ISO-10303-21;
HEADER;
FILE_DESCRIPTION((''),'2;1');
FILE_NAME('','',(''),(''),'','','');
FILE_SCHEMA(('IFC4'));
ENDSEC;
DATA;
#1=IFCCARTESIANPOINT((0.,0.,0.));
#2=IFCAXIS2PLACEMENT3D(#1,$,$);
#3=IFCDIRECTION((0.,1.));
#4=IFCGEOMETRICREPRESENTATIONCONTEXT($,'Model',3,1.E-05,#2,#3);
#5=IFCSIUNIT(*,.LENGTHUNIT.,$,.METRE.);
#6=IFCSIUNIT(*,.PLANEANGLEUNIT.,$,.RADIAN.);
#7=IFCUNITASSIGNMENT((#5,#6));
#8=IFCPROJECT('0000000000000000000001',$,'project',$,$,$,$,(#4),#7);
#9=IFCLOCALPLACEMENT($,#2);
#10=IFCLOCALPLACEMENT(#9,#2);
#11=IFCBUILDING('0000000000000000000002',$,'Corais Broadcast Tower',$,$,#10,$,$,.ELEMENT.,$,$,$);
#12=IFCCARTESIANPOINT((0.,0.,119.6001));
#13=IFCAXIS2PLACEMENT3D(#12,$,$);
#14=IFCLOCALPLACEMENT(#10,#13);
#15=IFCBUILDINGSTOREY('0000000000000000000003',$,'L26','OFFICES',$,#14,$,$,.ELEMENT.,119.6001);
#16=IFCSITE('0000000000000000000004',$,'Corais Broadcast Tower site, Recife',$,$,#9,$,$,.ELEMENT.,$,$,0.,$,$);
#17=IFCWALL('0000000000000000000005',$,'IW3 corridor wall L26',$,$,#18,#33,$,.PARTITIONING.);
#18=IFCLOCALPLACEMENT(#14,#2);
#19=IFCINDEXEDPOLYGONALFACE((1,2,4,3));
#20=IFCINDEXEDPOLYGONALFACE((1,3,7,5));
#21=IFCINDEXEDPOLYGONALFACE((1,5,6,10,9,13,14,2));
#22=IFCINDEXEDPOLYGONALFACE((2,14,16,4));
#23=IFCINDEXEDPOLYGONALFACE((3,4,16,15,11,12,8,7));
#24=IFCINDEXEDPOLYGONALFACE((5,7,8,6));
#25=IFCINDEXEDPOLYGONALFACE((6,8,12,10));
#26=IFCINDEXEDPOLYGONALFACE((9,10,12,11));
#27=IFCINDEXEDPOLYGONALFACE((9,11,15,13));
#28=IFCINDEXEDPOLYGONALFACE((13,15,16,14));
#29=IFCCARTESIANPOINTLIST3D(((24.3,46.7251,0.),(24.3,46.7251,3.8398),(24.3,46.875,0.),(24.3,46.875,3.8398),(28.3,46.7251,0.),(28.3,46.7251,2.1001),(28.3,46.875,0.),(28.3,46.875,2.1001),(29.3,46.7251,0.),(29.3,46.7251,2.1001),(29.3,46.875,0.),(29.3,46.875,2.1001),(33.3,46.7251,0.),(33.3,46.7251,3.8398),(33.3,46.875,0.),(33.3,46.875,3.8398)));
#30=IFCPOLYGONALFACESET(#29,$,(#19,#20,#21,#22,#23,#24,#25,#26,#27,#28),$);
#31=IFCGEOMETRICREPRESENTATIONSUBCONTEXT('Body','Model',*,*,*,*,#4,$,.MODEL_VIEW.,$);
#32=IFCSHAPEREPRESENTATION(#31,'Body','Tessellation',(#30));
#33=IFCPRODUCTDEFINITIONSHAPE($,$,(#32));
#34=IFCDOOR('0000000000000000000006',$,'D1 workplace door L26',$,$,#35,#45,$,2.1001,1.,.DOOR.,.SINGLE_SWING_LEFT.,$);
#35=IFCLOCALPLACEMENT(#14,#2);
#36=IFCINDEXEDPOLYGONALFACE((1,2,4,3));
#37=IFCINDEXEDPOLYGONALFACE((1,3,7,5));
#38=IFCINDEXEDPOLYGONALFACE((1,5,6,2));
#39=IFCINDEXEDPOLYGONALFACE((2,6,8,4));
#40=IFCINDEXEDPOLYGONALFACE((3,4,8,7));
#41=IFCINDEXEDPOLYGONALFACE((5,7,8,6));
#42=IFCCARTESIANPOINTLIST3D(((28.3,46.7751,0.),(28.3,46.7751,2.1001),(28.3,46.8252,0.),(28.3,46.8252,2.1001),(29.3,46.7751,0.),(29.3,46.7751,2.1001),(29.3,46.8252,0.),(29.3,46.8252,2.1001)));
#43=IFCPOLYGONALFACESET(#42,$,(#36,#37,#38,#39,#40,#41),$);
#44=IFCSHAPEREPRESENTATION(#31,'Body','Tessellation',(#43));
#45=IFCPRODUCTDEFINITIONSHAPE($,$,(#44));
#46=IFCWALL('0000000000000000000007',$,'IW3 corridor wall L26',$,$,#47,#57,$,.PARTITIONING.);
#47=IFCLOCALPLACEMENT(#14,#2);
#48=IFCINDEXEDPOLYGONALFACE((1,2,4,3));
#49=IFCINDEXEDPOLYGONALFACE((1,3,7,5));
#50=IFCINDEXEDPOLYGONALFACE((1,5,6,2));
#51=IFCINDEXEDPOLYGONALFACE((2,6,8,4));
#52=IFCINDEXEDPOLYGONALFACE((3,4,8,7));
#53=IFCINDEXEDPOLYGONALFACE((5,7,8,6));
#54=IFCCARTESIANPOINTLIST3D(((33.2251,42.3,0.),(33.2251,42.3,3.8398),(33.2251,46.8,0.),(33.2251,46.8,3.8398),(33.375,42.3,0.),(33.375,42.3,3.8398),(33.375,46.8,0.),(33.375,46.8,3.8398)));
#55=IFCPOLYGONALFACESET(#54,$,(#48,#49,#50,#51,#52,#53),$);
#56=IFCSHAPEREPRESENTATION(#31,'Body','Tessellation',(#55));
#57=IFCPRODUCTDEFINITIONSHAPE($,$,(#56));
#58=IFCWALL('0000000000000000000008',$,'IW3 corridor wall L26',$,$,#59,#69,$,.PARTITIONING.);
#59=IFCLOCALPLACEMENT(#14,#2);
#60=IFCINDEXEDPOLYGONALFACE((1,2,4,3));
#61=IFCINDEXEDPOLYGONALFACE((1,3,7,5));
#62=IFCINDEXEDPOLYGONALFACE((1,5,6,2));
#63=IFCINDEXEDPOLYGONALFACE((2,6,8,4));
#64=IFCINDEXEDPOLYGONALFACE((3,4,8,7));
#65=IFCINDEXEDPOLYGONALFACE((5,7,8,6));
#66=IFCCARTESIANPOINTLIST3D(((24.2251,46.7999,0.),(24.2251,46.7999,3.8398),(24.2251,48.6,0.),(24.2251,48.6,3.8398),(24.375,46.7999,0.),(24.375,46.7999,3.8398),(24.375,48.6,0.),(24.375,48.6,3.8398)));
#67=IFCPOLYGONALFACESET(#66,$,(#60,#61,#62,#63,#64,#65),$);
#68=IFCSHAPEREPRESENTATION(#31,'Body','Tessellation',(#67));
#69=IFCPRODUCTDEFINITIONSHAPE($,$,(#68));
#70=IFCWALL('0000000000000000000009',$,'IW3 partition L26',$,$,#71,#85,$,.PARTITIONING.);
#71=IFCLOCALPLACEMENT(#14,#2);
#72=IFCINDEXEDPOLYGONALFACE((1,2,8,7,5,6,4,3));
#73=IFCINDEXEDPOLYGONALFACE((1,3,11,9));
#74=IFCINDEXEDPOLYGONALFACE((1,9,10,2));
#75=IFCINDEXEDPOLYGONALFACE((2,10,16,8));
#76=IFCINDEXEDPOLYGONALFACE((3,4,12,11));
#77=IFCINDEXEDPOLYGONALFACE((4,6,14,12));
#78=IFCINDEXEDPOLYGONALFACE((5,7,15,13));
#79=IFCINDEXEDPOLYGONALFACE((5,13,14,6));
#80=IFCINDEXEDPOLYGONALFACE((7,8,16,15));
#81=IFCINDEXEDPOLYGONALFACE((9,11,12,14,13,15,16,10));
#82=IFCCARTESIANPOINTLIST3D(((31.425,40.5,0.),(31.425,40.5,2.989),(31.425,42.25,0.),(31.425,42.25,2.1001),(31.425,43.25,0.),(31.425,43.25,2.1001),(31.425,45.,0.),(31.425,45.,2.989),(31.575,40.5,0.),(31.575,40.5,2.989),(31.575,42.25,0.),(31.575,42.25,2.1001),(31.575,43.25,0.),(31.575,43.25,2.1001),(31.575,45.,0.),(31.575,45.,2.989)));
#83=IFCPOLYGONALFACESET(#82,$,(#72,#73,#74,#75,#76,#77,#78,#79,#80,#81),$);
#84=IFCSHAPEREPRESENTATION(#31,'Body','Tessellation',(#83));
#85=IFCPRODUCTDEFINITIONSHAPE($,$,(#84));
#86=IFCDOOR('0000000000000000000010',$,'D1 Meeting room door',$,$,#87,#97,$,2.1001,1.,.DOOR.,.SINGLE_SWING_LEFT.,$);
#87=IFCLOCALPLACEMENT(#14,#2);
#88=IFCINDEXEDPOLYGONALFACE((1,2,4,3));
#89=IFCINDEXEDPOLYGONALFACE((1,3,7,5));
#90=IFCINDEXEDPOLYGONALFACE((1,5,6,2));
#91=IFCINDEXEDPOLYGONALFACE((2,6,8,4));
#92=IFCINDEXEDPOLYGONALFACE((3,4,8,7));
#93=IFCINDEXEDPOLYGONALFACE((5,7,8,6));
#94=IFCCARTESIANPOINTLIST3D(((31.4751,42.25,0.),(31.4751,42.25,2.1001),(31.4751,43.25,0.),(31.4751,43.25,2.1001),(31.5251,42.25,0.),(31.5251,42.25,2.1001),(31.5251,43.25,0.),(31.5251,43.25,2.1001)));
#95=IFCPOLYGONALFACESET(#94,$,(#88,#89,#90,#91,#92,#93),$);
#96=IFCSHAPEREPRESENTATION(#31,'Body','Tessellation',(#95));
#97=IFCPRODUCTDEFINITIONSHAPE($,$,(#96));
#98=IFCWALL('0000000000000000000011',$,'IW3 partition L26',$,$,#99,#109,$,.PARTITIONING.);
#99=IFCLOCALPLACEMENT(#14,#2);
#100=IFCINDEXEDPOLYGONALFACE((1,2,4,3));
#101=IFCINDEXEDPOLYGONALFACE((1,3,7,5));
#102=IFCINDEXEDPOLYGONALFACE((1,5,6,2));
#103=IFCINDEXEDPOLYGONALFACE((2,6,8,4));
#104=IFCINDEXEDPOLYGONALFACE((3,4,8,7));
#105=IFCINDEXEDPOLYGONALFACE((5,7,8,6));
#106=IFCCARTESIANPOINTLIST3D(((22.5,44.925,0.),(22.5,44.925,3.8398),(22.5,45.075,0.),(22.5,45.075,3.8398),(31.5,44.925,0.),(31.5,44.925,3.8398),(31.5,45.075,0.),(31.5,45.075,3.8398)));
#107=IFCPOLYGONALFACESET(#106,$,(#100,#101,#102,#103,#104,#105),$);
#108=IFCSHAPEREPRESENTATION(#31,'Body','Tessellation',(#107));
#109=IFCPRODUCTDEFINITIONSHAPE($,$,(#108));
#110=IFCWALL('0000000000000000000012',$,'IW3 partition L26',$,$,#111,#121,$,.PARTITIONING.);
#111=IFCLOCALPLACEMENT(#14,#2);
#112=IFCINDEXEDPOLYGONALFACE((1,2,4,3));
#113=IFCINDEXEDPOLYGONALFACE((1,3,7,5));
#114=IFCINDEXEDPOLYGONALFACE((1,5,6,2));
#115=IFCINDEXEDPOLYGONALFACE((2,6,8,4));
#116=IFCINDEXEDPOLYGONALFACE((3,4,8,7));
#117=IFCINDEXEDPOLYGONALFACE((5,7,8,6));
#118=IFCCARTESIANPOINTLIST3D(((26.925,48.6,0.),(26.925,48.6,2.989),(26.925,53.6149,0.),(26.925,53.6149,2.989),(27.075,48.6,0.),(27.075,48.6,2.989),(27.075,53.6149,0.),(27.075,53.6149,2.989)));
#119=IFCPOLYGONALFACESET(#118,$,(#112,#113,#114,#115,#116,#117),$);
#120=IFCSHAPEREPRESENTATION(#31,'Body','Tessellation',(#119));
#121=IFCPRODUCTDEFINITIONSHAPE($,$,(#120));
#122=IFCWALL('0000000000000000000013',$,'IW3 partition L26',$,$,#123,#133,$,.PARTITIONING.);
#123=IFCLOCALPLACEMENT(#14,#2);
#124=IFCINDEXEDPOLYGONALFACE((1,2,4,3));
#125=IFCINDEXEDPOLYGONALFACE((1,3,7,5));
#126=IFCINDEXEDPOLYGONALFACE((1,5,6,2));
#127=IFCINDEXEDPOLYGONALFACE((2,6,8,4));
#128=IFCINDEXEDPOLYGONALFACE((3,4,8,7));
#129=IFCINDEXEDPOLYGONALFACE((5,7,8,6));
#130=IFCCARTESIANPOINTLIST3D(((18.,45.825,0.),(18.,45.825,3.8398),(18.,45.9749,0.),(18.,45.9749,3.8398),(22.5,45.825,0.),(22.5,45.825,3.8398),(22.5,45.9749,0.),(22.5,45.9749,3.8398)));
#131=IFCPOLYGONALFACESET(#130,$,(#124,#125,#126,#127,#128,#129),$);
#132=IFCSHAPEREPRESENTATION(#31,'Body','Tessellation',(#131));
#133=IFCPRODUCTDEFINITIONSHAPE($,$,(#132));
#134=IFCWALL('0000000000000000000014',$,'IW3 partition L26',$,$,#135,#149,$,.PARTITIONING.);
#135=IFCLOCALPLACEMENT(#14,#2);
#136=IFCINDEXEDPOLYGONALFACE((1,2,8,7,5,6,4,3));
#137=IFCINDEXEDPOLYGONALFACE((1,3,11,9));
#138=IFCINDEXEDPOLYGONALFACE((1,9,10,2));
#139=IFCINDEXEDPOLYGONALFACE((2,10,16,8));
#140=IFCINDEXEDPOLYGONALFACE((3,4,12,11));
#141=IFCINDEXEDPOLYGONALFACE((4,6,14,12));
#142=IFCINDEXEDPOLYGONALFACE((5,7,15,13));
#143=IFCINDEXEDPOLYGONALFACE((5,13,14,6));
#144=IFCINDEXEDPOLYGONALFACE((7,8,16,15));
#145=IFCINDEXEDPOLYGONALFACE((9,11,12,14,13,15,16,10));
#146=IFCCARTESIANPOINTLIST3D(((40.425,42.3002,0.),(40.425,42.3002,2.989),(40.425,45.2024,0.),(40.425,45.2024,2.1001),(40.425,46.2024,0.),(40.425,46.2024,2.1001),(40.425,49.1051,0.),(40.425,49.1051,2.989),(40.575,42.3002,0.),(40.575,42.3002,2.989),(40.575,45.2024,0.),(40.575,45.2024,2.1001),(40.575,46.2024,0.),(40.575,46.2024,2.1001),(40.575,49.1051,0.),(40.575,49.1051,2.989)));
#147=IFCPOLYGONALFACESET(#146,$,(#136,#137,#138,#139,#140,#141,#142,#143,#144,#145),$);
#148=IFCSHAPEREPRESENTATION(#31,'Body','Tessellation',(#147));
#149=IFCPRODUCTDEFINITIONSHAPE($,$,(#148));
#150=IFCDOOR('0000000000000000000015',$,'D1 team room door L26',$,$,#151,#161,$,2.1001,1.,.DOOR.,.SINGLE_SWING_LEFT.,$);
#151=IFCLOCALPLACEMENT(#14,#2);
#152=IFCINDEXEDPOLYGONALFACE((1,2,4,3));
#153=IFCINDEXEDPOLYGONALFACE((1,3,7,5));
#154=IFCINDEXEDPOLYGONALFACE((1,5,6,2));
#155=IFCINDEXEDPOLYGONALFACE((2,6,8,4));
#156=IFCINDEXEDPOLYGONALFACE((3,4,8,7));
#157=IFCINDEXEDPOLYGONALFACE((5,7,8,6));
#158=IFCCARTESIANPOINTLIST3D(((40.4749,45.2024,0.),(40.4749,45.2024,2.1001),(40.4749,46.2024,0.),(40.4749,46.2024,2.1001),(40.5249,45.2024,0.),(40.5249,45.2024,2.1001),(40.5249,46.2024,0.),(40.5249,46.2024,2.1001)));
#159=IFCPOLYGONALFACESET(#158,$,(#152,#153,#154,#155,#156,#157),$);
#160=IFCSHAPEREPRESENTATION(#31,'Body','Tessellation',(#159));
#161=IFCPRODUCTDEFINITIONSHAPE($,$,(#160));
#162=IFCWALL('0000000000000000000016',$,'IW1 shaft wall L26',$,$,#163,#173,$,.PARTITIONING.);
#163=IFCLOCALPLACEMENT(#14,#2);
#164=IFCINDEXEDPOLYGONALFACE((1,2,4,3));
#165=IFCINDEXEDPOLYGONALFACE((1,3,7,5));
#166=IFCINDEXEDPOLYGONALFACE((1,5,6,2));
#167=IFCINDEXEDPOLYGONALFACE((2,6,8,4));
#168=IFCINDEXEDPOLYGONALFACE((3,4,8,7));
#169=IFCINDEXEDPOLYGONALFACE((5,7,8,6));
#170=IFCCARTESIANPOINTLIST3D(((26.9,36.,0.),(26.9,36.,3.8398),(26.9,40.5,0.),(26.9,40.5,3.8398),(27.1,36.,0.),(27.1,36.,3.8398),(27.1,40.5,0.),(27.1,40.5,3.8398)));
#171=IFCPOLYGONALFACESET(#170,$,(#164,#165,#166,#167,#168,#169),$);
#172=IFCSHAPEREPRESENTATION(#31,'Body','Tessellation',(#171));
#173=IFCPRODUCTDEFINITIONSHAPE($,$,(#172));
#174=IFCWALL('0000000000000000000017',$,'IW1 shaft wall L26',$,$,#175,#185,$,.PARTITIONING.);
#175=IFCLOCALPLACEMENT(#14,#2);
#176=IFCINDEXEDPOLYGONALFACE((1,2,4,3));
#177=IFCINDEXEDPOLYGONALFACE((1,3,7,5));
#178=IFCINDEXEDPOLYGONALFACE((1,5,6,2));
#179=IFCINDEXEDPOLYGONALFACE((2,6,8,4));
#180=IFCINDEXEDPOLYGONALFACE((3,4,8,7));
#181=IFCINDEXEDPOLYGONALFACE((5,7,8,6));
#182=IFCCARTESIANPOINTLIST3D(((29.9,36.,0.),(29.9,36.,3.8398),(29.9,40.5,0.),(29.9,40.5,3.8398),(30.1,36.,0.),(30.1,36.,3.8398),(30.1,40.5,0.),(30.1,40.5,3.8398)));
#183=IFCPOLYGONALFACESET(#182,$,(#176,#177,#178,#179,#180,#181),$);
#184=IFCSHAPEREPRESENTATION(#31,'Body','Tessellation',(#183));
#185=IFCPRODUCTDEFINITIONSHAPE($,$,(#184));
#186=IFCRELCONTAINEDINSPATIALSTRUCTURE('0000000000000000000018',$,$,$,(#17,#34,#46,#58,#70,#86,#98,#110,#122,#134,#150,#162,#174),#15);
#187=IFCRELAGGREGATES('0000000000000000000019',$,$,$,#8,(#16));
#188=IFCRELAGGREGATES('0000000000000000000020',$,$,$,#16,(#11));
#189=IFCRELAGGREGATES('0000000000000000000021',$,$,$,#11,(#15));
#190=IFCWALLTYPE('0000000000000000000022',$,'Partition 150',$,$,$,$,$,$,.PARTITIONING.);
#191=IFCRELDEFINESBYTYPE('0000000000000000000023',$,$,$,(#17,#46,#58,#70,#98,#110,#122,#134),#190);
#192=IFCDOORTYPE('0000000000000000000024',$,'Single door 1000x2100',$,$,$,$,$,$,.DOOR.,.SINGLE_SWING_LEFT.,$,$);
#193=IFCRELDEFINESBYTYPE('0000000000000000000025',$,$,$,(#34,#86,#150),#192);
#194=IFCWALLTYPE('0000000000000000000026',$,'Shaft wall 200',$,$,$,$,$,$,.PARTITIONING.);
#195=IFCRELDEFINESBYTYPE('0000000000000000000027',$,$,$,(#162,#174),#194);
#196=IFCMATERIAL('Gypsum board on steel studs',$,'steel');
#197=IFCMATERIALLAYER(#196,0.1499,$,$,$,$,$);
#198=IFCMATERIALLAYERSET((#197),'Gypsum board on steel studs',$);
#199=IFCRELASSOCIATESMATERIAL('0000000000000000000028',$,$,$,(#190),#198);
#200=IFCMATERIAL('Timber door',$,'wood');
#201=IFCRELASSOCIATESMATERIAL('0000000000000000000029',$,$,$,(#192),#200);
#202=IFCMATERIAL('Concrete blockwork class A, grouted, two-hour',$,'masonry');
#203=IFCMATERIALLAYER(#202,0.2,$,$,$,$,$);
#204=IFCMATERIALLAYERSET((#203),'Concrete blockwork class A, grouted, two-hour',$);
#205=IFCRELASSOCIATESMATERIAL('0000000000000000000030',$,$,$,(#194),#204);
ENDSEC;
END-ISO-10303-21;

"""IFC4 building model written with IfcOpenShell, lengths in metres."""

from ifc_helpers import new_model, si_unit, direction, frame, frame_2d, origin, place, context, subcontext, project, spatial, rectangle, extrude, material, layer, layer_set, type_object, element, fill, save


model = new_model("IFC4")

# Units and contexts
model_context = context("Model", 3, precision=1e-05, world=origin(), true_north=direction((0.0, 1.0)))
body_context = subcontext(model_context, "Body", "Model", "MODEL_VIEW")
ifc_project = project(units=[si_unit("LENGTHUNIT", "METRE"), si_unit("PLANEANGLEUNIT", "RADIAN")], contexts=[model_context])

# Site, building, storey
site_placement = place(None, origin())
site = spatial("IfcSite", under=ifc_project, at=site_placement, Name="Corais Broadcast Tower site, Recife", CompositionType="ELEMENT", RefElevation=0.0)
building_placement = place(site_placement, origin())
building = spatial("IfcBuilding", under=site, at=building_placement, Name="Corais Broadcast Tower", CompositionType="ELEMENT")
storey_placement = place(building_placement, frame((0.0, 0.0, 119.6001)))
storey = spatial("IfcBuildingStorey", under=building, at=storey_placement, Name="L26", Description="OFFICES", CompositionType="ELEMENT", Elevation=119.6001)

# Wall, opening, door
ifc_material_1 = material(Name="Gypsum board on steel studs", Category="steel")
ifc_layer_1 = layer(ifc_material_1, 0.1499)
ifc_layer_set_1 = layer_set([ifc_layer_1], Name="Gypsum board on steel studs")
wall_type_1 = type_object("IfcWallType", Name="Partition 150", PredefinedType="PARTITIONING", material=ifc_layer_set_1)
wall_1_placement = place(storey_placement, frame((33.3, 46.8, 0.0), z_axis=(0.0, 0.0, 1.0), x_axis=(-1.0, 0.0, 0.0)))
wall_1 = element("IfcWall", 1, at=wall_1_placement, inside=storey, type_object=wall_type_1, Name="IW3 corridor wall L26", PredefinedType="PARTITIONING", context=body_context, shape_type="SweptSolid", body=[
    extrude(rectangle(XDim=9.0, YDim=0.1499, at=frame_2d((4.5, 0.0))), origin(), (0.0, 0.0, 1.0), 3.8398),
])
opening_1_placement = place(wall_1_placement, frame((4.0, 0.0, 0.0)))
opening_1 = element("IfcOpeningElement", 2, at=opening_1_placement, cuts=wall_1, PredefinedType="OPENING", context=body_context, shape_type="SweptSolid", body=[
    extrude(rectangle(XDim=1.0, YDim=2.1001, at=frame_2d((0.5, 1.05))), frame((0.0, 0.085, 0.0), z_axis=(0.0, -1.0, 0.0), x_axis=(1.0, 0.0, 0.0)), (0.0, 0.0, 1.0), 0.1699),
])
ifc_material_2 = material(Name="Timber door", Category="wood")
door_type = type_object("IfcDoorType", Name="Single door 1000x2100", OperationType="SINGLE_SWING_LEFT", PredefinedType="DOOR", material=ifc_material_2)
door_1_placement = place(opening_1_placement, origin())
door_1 = element("IfcDoor", 3, at=door_1_placement, inside=storey, type_object=door_type, Name="D1 workplace door L26", OperationType="SINGLE_SWING_LEFT", OverallHeight=2.1001, OverallWidth=1.0, PredefinedType="DOOR", context=body_context, shape_type="SweptSolid", body=[
    extrude(rectangle(XDim=1.0, YDim=2.1001, at=frame_2d((0.5, 1.05))), frame((0.0, 0.0249, 0.0), z_axis=(0.0, -1.0, 0.0), x_axis=(1.0, 0.0, 0.0)), (0.0, 0.0, 1.0), 0.05),
])
fill(opening_1, door_1)

# Walls
wall_2_placement = place(storey_placement, frame((33.3, 42.3, 0.0), z_axis=(0.0, 0.0, 1.0), x_axis=(0.0, 1.0, 0.0)))
element("IfcWall", 4, at=wall_2_placement, inside=storey, type_object=wall_type_1, Name="IW3 corridor wall L26", PredefinedType="PARTITIONING", context=body_context, shape_type="SweptSolid", body=[
    extrude(rectangle(XDim=4.5, YDim=0.1499, at=frame_2d((2.25, 0.0))), origin(), (0.0, 0.0, 1.0), 3.8398),
])
wall_3_placement = place(storey_placement, frame((24.3, 46.8, 0.0), z_axis=(0.0, 0.0, 1.0), x_axis=(0.0, 1.0, 0.0)))
element("IfcWall", 5, at=wall_3_placement, inside=storey, type_object=wall_type_1, Name="IW3 corridor wall L26", PredefinedType="PARTITIONING", context=body_context, shape_type="SweptSolid", body=[
    extrude(rectangle(XDim=1.8, YDim=0.1499, at=frame_2d((0.8999, 0.0))), origin(), (0.0, 0.0, 1.0), 3.8398),
])

# Wall, opening, door
wall_4_placement = place(storey_placement, frame((31.5, 40.5, 0.0), z_axis=(0.0, 0.0, 1.0), x_axis=(0.0, 1.0, 0.0)))
wall_4 = element("IfcWall", 6, at=wall_4_placement, inside=storey, type_object=wall_type_1, Name="IW3 partition L26", PredefinedType="PARTITIONING", context=body_context, shape_type="SweptSolid", body=[
    extrude(rectangle(XDim=4.5, YDim=0.1499, at=frame_2d((2.25, 0.0))), origin(), (0.0, 0.0, 1.0), 2.989),
])
opening_2_placement = place(wall_4_placement, frame((1.75, 0.0, 0.0)))
opening_2 = element("IfcOpeningElement", 7, at=opening_2_placement, cuts=wall_4, PredefinedType="OPENING", context=body_context, shape_type="SweptSolid", body=[
    extrude(rectangle(XDim=1.0, YDim=2.1001, at=frame_2d((0.5, 1.05))), frame((0.0, 0.085, 0.0), z_axis=(0.0, -1.0, 0.0), x_axis=(1.0, 0.0, 0.0)), (0.0, 0.0, 1.0), 0.1699),
])
door_2_placement = place(opening_2_placement, origin())
door_2 = element("IfcDoor", 8, at=door_2_placement, inside=storey, type_object=door_type, Name="D1 Meeting room door", OperationType="SINGLE_SWING_LEFT", OverallHeight=2.1001, OverallWidth=1.0, PredefinedType="DOOR", context=body_context, shape_type="SweptSolid", body=[
    extrude(rectangle(XDim=1.0, YDim=2.1001, at=frame_2d((0.5, 1.05))), frame((0.0, 0.0249, 0.0), z_axis=(0.0, -1.0, 0.0), x_axis=(1.0, 0.0, 0.0)), (0.0, 0.0, 1.0), 0.05),
])
fill(opening_2, door_2)

# Walls
wall_5_placement = place(storey_placement, frame((31.5, 45.0, 0.0), z_axis=(0.0, 0.0, 1.0), x_axis=(-1.0, 0.0, 0.0)))
element("IfcWall", 9, at=wall_5_placement, inside=storey, type_object=wall_type_1, Name="IW3 partition L26", PredefinedType="PARTITIONING", context=body_context, shape_type="SweptSolid", body=[
    extrude(rectangle(XDim=9.0, YDim=0.1499, at=frame_2d((4.5, 0.0))), origin(), (0.0, 0.0, 1.0), 3.8398),
])
wall_6_placement = place(storey_placement, frame((27.0, 48.6001, 0.0), z_axis=(0.0, 0.0, 1.0), x_axis=(0.0, 1.0, 0.0)))
element("IfcWall", 10, at=wall_6_placement, inside=storey, type_object=wall_type_1, Name="IW3 partition L26", PredefinedType="PARTITIONING", context=body_context, shape_type="SweptSolid", body=[
    extrude(rectangle(XDim=5.0149, YDim=0.1499, at=frame_2d((2.5073, 0.0))), origin(), (0.0, 0.0, 1.0), 2.989),
])
wall_7_placement = place(storey_placement, frame((22.5, 45.8999, 0.0), z_axis=(0.0, 0.0, 1.0), x_axis=(-1.0, 0.0, 0.0)))
element("IfcWall", 11, at=wall_7_placement, inside=storey, type_object=wall_type_1, Name="IW3 partition L26", PredefinedType="PARTITIONING", context=body_context, shape_type="SweptSolid", body=[
    extrude(rectangle(XDim=4.5, YDim=0.1499, at=frame_2d((2.25, 0.0))), origin(), (0.0, 0.0, 1.0), 3.8398),
])

# Wall, opening, door
wall_8_placement = place(storey_placement, frame((40.5, 49.105, 0.0), z_axis=(0.0, 0.0, 1.0), x_axis=(0.0, -1.0, 0.0)))
wall_8 = element("IfcWall", 12, at=wall_8_placement, inside=storey, type_object=wall_type_1, Name="IW3 partition L26", PredefinedType="PARTITIONING", context=body_context, shape_type="SweptSolid", body=[
    extrude(rectangle(XDim=6.8049, YDim=0.1499, at=frame_2d((3.4023, 0.0))), origin(), (0.0, 0.0, 1.0), 2.989),
])
opening_3_placement = place(wall_8_placement, frame((2.9026, 0.0, 0.0)))
opening_3 = element("IfcOpeningElement", 13, at=opening_3_placement, cuts=wall_8, PredefinedType="OPENING", context=body_context, shape_type="SweptSolid", body=[
    extrude(rectangle(XDim=1.0, YDim=2.1001, at=frame_2d((0.5, 1.05))), frame((0.0, 0.085, 0.0), z_axis=(0.0, -1.0, 0.0), x_axis=(1.0, 0.0, 0.0)), (0.0, 0.0, 1.0), 0.1699),
])
door_3_placement = place(opening_3_placement, origin())
door_3 = element("IfcDoor", 14, at=door_3_placement, inside=storey, type_object=door_type, Name="D1 team room door L26", OperationType="SINGLE_SWING_LEFT", OverallHeight=2.1001, OverallWidth=1.0, PredefinedType="DOOR", context=body_context, shape_type="SweptSolid", body=[
    extrude(rectangle(XDim=1.0, YDim=2.1001, at=frame_2d((0.5, 1.05))), frame((0.0, 0.0249, 0.0), z_axis=(0.0, -1.0, 0.0), x_axis=(1.0, 0.0, 0.0)), (0.0, 0.0, 1.0), 0.05),
])
fill(opening_3, door_3)

# Walls
ifc_material_3 = material(Name="Concrete blockwork class A, grouted, two-hour", Category="masonry")
ifc_layer_2 = layer(ifc_material_3, 0.2)
ifc_layer_set_2 = layer_set([ifc_layer_2], Name="Concrete blockwork class A, grouted, two-hour")
wall_type_2 = type_object("IfcWallType", Name="Shaft wall 200", PredefinedType="PARTITIONING", material=ifc_layer_set_2)
for number, where, z_axis, x_axis, name in (
    (15, (27.0, 36.0, 0.0), (0.0, 0.0, 1.0), (0.0, 1.0, 0.0), "IW1 shaft wall L26"),
    (16, (30.0, 36.0, 0.0), (0.0, 0.0, 1.0), (0.0, 1.0, 0.0), "IW1 shaft wall L26"),
):
    element("IfcWall", number, at=place(storey_placement, frame(where, z_axis=z_axis, x_axis=x_axis)), inside=storey, type_object=wall_type_2, Name=name, PredefinedType="PARTITIONING", context=body_context, shape_type="SweptSolid", body=[
        extrude(rectangle(XDim=4.5, YDim=0.2, at=frame_2d((2.25, 0.0))), origin(), (0.0, 0.0, 1.0), 3.8398),
    ])

save(model, "model.ifc")
